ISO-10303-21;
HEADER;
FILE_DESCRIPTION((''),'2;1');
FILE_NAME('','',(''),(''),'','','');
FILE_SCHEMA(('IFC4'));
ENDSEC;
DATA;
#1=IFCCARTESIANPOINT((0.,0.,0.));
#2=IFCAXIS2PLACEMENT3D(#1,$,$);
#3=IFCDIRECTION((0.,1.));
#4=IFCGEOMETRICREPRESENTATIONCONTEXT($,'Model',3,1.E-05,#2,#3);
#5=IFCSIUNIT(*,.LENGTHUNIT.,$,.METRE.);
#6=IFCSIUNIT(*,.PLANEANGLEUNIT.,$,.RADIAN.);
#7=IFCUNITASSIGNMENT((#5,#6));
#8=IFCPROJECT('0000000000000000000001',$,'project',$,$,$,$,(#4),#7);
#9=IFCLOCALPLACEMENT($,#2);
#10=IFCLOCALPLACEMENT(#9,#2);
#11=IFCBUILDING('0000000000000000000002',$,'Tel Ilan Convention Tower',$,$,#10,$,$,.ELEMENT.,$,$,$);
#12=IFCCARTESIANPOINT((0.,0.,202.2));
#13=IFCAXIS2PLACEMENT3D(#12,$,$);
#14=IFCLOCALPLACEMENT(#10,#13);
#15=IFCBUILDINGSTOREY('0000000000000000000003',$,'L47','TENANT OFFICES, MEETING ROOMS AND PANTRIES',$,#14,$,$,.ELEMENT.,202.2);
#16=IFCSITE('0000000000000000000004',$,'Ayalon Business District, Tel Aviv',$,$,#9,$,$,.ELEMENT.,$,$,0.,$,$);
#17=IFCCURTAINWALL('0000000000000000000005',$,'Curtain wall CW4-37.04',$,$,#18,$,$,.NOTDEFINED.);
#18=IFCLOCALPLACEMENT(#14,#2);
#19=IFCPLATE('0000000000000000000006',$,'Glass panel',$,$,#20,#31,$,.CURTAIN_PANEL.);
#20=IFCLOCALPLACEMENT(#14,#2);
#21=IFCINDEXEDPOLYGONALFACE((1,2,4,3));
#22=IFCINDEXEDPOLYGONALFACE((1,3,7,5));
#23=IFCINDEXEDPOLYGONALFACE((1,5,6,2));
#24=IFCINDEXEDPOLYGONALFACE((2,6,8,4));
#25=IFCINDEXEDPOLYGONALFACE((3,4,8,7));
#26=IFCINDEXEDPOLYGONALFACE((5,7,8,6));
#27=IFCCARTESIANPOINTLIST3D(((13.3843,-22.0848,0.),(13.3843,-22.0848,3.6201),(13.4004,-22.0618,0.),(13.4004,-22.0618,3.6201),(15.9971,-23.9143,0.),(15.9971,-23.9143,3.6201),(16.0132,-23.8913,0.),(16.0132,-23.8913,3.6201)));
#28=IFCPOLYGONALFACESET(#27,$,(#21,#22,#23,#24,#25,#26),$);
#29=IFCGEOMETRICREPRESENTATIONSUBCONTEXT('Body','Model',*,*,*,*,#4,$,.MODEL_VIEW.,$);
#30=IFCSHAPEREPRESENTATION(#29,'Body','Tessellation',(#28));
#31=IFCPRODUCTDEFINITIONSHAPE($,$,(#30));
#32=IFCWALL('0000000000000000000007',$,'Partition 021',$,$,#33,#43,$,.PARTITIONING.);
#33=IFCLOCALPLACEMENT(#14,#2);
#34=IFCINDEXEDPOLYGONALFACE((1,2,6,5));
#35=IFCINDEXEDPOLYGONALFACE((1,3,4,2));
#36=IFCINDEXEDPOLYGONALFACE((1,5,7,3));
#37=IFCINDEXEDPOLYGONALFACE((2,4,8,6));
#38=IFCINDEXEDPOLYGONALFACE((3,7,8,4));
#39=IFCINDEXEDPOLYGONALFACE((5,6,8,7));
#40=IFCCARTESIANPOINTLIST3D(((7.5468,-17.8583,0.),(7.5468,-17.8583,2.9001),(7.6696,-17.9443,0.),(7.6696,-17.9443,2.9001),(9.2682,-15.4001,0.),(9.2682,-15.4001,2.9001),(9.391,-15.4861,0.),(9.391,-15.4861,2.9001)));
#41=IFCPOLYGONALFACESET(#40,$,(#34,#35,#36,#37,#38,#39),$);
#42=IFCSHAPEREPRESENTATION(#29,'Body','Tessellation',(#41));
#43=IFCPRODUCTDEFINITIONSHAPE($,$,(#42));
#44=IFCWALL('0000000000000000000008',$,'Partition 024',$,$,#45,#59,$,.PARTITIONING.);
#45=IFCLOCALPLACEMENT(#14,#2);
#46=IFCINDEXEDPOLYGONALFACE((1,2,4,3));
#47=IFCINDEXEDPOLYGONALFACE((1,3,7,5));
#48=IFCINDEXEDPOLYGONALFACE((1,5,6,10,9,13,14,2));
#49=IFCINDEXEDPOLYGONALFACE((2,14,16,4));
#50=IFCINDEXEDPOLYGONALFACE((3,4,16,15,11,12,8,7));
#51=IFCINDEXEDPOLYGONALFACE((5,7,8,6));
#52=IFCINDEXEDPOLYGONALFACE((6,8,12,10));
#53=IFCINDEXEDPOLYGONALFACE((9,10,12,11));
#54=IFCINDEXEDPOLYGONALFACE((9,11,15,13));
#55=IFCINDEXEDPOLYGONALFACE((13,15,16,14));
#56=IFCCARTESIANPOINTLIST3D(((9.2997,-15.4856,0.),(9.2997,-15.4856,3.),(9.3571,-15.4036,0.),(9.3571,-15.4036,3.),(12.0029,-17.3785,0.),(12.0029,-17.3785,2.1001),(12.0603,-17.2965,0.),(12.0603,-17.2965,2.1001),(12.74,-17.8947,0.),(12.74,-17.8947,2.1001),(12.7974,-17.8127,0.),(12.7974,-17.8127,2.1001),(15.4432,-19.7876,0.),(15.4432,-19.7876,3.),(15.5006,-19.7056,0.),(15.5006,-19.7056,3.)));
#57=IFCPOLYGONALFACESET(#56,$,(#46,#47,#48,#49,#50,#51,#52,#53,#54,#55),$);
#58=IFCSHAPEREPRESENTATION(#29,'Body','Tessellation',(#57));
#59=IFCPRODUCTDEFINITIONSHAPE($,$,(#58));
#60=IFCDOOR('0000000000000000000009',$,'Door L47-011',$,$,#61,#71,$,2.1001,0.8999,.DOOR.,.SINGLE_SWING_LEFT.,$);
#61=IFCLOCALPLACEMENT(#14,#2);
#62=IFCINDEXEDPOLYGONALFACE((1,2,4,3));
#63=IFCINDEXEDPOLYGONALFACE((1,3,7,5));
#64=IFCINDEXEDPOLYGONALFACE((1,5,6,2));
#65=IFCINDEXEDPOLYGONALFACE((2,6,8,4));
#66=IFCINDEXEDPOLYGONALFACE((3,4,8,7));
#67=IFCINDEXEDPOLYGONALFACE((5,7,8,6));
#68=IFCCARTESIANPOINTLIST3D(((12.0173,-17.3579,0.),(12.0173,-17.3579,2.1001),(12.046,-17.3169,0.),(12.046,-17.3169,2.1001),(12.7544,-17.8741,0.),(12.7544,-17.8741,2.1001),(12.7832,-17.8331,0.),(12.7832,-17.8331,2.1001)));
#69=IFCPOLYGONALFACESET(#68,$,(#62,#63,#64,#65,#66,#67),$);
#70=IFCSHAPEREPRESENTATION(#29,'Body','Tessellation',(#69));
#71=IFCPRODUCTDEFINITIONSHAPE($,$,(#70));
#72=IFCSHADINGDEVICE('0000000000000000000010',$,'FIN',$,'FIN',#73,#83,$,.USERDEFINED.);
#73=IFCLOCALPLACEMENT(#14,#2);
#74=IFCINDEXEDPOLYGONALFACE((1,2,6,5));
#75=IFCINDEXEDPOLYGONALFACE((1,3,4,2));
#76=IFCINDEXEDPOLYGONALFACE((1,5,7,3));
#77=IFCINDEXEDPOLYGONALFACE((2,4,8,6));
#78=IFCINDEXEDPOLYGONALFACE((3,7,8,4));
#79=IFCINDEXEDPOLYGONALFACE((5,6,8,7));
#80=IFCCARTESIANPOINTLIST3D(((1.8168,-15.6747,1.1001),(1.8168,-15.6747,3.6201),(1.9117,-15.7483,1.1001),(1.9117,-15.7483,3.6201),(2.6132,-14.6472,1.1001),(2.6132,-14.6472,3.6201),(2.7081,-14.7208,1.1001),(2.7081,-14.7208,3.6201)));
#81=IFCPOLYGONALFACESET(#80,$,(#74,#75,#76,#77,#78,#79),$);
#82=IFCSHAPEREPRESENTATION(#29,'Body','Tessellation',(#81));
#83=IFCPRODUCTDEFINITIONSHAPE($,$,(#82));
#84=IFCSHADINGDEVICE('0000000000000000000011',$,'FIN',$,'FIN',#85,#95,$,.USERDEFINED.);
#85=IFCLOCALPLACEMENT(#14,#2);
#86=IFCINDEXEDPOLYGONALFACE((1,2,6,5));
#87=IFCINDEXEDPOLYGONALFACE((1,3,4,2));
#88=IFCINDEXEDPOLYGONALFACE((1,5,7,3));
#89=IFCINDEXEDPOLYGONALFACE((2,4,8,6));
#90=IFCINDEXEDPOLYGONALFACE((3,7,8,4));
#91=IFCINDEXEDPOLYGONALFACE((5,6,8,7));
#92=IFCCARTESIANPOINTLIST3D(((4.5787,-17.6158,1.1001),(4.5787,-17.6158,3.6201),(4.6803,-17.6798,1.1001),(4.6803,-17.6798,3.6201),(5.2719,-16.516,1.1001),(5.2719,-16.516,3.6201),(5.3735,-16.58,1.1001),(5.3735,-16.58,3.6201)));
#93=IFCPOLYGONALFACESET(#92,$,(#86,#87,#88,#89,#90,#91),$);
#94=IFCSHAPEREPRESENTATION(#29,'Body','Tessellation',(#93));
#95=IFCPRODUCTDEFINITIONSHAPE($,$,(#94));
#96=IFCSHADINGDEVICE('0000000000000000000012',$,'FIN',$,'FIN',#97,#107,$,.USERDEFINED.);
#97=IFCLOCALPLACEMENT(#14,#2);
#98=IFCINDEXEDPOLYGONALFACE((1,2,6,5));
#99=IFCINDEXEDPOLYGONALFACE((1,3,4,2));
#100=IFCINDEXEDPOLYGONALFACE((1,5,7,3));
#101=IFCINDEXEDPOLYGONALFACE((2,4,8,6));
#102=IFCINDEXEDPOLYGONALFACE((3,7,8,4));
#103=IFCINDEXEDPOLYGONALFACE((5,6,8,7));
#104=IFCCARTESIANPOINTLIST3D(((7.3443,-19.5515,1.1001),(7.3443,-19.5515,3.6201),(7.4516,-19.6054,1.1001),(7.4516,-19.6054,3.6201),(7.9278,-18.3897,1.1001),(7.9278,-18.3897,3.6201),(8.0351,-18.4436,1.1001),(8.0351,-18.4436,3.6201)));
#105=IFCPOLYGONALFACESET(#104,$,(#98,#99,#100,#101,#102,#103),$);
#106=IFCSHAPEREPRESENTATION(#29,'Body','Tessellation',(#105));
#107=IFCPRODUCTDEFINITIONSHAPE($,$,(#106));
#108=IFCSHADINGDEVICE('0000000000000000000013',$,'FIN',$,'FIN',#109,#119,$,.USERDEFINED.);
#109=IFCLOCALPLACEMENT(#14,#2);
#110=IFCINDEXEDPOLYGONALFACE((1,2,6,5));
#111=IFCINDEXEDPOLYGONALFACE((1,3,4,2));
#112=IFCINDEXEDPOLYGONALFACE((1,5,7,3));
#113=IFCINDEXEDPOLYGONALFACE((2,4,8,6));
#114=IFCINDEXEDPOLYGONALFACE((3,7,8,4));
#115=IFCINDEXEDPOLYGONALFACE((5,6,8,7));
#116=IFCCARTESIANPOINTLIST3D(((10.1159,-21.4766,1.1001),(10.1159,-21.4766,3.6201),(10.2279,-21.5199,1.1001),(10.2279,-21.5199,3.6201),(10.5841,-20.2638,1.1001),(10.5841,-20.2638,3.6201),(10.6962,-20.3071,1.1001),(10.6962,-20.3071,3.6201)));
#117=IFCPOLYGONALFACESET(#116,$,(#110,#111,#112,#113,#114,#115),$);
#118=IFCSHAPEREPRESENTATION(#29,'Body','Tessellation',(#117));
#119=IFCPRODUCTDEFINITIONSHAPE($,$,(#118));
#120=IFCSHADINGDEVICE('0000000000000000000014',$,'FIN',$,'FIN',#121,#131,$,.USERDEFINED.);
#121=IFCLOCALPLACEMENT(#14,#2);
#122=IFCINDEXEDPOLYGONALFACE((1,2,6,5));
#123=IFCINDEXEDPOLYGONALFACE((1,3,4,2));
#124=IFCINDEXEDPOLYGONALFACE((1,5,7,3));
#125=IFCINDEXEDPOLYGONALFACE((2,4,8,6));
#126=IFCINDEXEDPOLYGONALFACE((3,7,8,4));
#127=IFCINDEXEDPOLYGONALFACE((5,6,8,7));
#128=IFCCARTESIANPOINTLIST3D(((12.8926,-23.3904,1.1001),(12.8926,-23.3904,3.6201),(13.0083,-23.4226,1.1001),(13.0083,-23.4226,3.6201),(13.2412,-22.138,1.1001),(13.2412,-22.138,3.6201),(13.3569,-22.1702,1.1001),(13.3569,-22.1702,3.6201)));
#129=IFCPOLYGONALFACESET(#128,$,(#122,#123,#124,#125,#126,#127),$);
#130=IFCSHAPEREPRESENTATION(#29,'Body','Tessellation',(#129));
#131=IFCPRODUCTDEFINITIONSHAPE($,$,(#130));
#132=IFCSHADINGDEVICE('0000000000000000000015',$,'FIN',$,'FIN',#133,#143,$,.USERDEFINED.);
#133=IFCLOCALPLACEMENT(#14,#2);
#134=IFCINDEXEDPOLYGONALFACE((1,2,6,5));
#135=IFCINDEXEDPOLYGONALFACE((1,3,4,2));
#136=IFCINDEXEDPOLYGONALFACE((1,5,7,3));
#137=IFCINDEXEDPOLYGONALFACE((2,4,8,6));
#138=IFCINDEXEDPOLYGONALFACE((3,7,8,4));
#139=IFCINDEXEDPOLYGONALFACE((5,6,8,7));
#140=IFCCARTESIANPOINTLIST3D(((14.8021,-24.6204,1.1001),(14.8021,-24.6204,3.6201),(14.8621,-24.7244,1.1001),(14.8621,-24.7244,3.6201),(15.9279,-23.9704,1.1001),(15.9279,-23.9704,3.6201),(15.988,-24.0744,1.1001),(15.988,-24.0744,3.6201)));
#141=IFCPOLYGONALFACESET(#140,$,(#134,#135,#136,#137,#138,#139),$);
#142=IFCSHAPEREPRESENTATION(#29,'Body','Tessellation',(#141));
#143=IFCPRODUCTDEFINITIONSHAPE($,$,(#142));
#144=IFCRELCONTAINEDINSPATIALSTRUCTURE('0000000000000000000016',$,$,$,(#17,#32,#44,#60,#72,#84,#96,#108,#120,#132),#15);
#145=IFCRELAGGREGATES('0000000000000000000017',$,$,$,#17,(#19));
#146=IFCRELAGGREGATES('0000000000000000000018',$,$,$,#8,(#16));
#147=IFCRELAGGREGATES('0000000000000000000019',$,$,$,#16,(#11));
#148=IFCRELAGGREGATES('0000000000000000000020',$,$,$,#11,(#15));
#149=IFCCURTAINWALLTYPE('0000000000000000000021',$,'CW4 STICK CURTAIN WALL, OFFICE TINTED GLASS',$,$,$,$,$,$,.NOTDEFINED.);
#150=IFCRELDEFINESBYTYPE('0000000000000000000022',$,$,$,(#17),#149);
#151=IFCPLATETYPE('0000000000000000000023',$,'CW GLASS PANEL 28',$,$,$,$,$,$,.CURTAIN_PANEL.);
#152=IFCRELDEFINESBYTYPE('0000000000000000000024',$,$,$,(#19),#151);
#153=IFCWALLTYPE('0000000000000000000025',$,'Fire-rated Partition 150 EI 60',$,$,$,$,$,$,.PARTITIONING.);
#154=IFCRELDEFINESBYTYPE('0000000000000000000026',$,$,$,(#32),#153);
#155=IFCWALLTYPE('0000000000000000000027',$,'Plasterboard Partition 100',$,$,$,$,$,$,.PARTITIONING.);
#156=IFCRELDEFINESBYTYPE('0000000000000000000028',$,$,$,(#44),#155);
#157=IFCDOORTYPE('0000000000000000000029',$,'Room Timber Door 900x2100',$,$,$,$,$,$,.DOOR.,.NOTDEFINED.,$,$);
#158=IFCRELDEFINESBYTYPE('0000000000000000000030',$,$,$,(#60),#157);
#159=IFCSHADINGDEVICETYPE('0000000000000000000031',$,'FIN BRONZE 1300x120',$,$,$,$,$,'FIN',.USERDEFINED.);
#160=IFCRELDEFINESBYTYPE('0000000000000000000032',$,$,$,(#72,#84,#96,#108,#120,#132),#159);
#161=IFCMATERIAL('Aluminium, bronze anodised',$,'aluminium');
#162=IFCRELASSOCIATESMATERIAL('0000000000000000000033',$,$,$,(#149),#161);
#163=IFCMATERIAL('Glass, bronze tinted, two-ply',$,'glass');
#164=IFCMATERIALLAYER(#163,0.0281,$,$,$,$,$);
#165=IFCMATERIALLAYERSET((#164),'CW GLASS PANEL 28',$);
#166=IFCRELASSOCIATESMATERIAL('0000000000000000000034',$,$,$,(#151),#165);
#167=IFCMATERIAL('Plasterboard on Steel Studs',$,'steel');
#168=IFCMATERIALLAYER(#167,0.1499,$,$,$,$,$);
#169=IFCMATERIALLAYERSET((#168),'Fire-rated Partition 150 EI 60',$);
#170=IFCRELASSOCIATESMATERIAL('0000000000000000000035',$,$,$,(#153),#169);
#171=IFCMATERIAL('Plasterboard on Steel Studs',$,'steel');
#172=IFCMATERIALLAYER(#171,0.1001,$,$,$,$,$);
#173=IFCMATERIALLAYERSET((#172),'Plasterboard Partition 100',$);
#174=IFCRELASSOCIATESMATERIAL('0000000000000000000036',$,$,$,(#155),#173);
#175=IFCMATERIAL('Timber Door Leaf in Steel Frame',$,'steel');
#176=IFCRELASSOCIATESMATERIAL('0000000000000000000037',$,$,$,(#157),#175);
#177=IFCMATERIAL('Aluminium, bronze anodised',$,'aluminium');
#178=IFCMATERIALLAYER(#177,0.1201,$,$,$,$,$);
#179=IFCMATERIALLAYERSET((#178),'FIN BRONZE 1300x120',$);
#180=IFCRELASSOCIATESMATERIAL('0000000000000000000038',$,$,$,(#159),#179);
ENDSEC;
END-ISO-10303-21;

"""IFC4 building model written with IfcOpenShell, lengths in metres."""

from ifc_helpers import new_model, si_unit, direction, frame, frame_2d, origin, origin_2d, place, context, subcontext, project, spatial, rectangle, extrude, material, layer, layer_set, type_object, element, fill, aggregate, save


model = new_model("IFC4")

# Units and contexts
model_context = context("Model", 3, precision=1e-05, world=origin(), true_north=direction((0.0, 1.0)))
body_context = subcontext(model_context, "Body", "Model", "MODEL_VIEW")
ifc_project = project(units=[si_unit("LENGTHUNIT", "METRE"), si_unit("PLANEANGLEUNIT", "RADIAN")], contexts=[model_context])

# Site, building, storey
site_placement = place(None, origin())
site = spatial("IfcSite", under=ifc_project, at=site_placement, Name="Ayalon Business District, Tel Aviv", CompositionType="ELEMENT", RefElevation=0.0)
building_placement = place(site_placement, origin())
building = spatial("IfcBuilding", under=site, at=building_placement, Name="Tel Ilan Convention Tower", CompositionType="ELEMENT")
storey_placement = place(building_placement, frame((0.0, 0.0, 202.2)))
storey = spatial("IfcBuildingStorey", under=building, at=storey_placement, Name="L47", Description="TENANT OFFICES, MEETING ROOMS AND PANTRIES", CompositionType="ELEMENT", Elevation=202.2)

# Curtain wall, plate
ifc_material_1 = material(Name="Aluminium, bronze anodised", Category="aluminium")
curtain_wall_type = type_object("IfcCurtainWallType", Name="CW4 STICK CURTAIN WALL, OFFICE TINTED GLASS", PredefinedType="NOTDEFINED", material=ifc_material_1)
curtain_wall_placement = place(storey_placement, origin())
curtain_wall = element("IfcCurtainWall", 1, at=curtain_wall_placement, inside=storey, type_object=curtain_wall_type, Name="Curtain wall CW4-37.04", PredefinedType="NOTDEFINED")
ifc_material_2 = material(Name="Glass, bronze tinted, two-ply", Category="glass")
ifc_layer_1 = layer(ifc_material_2, 0.0281)
ifc_layer_set_1 = layer_set([ifc_layer_1], Name="CW GLASS PANEL 28")
plate_type = type_object("IfcPlateType", Name="CW GLASS PANEL 28", PredefinedType="CURTAIN_PANEL", material=ifc_layer_set_1)
plate_1_placement = place(storey_placement, frame((14.6987, -22.988, 0.0), z_axis=(0.0, 0.0, 1.0), x_axis=(0.819152, -0.573576, 0.0)))
plate_1 = element("IfcPlate", 2, at=plate_1_placement, type_object=plate_type, Name="Glass panel", PredefinedType="CURTAIN_PANEL", context=body_context, shape_type="SweptSolid", body=[
    extrude(rectangle(XDim=3.1897, YDim=0.0281, at=origin_2d()), origin(), (0.0, 0.0, 1.0), 3.6201),
])
aggregate(curtain_wall, [plate_1])

# Wall
ifc_material_3 = material(Name="Plasterboard on Steel Studs", Category="steel")
ifc_layer_2 = layer(ifc_material_3, 0.1499)
ifc_layer_set_2 = layer_set([ifc_layer_2], Name="Fire-rated Partition 150 EI 60")
wall_type_1 = type_object("IfcWallType", Name="Fire-rated Partition 150 EI 60", PredefinedType="PARTITIONING", material=ifc_layer_set_2)
wall_1_placement = place(storey_placement, frame((9.3296, -15.4431, 0.0), z_axis=(0.0, 0.0, 1.0), x_axis=(-0.57361, -0.819129, 0.0)))
element("IfcWall", 3, at=wall_1_placement, inside=storey, type_object=wall_type_1, Name="Partition 021", PredefinedType="PARTITIONING", context=body_context, shape_type="SweptSolid", body=[
    extrude(rectangle(XDim=3.001, YDim=0.1499, at=frame_2d((1.5005, 0.0))), origin(), (0.0, 0.0, 1.0), 2.9001),
])

# Wall, opening, door
ifc_material_4 = material(Name="Plasterboard on Steel Studs", Category="steel")
ifc_layer_3 = layer(ifc_material_4, 0.1001)
ifc_layer_set_3 = layer_set([ifc_layer_3], Name="Plasterboard Partition 100")
wall_type_2 = type_object("IfcWallType", Name="Plasterboard Partition 100", PredefinedType="PARTITIONING", material=ifc_layer_set_3)
wall_2_placement = place(storey_placement, frame((15.4719, -19.7466, 0.0), z_axis=(0.0, 0.0, 1.0), x_axis=(-0.819137, 0.573598, 0.0)))
wall_2 = element("IfcWall", 4, at=wall_2_placement, inside=storey, type_object=wall_type_2, Name="Partition 024", PredefinedType="PARTITIONING", context=body_context, shape_type="SweptSolid", body=[
    extrude(rectangle(XDim=7.5, YDim=0.1001, at=frame_2d((3.75, 0.0))), origin(), (0.0, 0.0, 1.0), 3.0),
])
opening_placement = place(wall_2_placement, frame((3.3, 0.0, 0.0)))
opening = element("IfcOpeningElement", 5, at=opening_placement, cuts=wall_2, PredefinedType="OPENING", context=body_context, shape_type="SweptSolid", body=[
    extrude(rectangle(XDim=0.8999, YDim=2.1001, at=frame_2d((0.45, 1.05))), frame((0.0, 0.0601, 0.0), z_axis=(0.0, -1.0, 0.0), x_axis=(1.0, 0.0, 0.0)), (0.0, 0.0, 1.0), 0.1201),
])
ifc_material_5 = material(Name="Timber Door Leaf in Steel Frame", Category="steel")
door_type = type_object("IfcDoorType", Name="Room Timber Door 900x2100", OperationType="NOTDEFINED", PredefinedType="DOOR", material=ifc_material_5)
door_placement = place(opening_placement, origin())
door = element("IfcDoor", 6, at=door_placement, inside=storey, type_object=door_type, Name="Door L47-011", OperationType="SINGLE_SWING_LEFT", OverallHeight=2.1001, OverallWidth=0.8999, PredefinedType="DOOR", context=body_context, shape_type="SweptSolid", body=[
    extrude(rectangle(XDim=0.8999, YDim=2.1001, at=frame_2d((0.45, 1.05))), frame((0.0, 0.0249, 0.0), z_axis=(0.0, -1.0, 0.0), x_axis=(1.0, 0.0, 0.0)), (0.0, 0.0, 1.0), 0.05),
])
fill(opening, door)

# Shading devices
ifc_material_6 = material(Name="Aluminium, bronze anodised", Category="aluminium")
ifc_layer_4 = layer(ifc_material_6, 0.1201)
ifc_layer_set_4 = layer_set([ifc_layer_4], Name="FIN BRONZE 1300x120")
shading_device_type = type_object("IfcShadingDeviceType", Name="FIN BRONZE 1300x120", ElementType="FIN", PredefinedType="USERDEFINED", material=ifc_layer_set_4)
for number, where, z_axis, x_axis, name in (
    (7, (2.2625, -15.1978, 1.1001), (0.0, 0.0, 1.0), (-0.612601, -0.790393, 0.0), "FIN"),
    (8, (4.9761, -17.0979, 1.1001), (0.0, 0.0, 1.0), (-0.533204, -0.845986, 0.0), "FIN"),
    (9, (7.6897, -18.9976, 1.1001), (0.0, 0.0, 1.0), (-0.448799, -0.893633, 0.0), "FIN"),
    (10, (10.406, -20.8918, 1.1001), (0.0, 0.0, 1.0), (-0.360178, -0.932884, 0.0), "FIN"),
    (11, (13.1248, -22.7803, 1.1001), (0.0, 0.0, 1.0), (-0.268173, -0.963371, 0.0), "FIN"),
    (12, (15.395, -24.3474, 1.1001), (0.0, 0.0, 1.0), (-0.866025, -0.5, 0.0), "FIN"),
):
    element("IfcShadingDevice", number, at=place(storey_placement, frame(where, z_axis=z_axis, x_axis=x_axis)), inside=storey, type_object=shading_device_type, Name=name, ObjectType="FIN", PredefinedType="USERDEFINED", context=body_context, shape_type="SweptSolid", body=[
        extrude(rectangle(XDim=1.3, YDim=0.1201, at=origin_2d()), origin(), (0.0, 0.0, 1.0), 2.52),
    ])

save(model, "model.ifc")
